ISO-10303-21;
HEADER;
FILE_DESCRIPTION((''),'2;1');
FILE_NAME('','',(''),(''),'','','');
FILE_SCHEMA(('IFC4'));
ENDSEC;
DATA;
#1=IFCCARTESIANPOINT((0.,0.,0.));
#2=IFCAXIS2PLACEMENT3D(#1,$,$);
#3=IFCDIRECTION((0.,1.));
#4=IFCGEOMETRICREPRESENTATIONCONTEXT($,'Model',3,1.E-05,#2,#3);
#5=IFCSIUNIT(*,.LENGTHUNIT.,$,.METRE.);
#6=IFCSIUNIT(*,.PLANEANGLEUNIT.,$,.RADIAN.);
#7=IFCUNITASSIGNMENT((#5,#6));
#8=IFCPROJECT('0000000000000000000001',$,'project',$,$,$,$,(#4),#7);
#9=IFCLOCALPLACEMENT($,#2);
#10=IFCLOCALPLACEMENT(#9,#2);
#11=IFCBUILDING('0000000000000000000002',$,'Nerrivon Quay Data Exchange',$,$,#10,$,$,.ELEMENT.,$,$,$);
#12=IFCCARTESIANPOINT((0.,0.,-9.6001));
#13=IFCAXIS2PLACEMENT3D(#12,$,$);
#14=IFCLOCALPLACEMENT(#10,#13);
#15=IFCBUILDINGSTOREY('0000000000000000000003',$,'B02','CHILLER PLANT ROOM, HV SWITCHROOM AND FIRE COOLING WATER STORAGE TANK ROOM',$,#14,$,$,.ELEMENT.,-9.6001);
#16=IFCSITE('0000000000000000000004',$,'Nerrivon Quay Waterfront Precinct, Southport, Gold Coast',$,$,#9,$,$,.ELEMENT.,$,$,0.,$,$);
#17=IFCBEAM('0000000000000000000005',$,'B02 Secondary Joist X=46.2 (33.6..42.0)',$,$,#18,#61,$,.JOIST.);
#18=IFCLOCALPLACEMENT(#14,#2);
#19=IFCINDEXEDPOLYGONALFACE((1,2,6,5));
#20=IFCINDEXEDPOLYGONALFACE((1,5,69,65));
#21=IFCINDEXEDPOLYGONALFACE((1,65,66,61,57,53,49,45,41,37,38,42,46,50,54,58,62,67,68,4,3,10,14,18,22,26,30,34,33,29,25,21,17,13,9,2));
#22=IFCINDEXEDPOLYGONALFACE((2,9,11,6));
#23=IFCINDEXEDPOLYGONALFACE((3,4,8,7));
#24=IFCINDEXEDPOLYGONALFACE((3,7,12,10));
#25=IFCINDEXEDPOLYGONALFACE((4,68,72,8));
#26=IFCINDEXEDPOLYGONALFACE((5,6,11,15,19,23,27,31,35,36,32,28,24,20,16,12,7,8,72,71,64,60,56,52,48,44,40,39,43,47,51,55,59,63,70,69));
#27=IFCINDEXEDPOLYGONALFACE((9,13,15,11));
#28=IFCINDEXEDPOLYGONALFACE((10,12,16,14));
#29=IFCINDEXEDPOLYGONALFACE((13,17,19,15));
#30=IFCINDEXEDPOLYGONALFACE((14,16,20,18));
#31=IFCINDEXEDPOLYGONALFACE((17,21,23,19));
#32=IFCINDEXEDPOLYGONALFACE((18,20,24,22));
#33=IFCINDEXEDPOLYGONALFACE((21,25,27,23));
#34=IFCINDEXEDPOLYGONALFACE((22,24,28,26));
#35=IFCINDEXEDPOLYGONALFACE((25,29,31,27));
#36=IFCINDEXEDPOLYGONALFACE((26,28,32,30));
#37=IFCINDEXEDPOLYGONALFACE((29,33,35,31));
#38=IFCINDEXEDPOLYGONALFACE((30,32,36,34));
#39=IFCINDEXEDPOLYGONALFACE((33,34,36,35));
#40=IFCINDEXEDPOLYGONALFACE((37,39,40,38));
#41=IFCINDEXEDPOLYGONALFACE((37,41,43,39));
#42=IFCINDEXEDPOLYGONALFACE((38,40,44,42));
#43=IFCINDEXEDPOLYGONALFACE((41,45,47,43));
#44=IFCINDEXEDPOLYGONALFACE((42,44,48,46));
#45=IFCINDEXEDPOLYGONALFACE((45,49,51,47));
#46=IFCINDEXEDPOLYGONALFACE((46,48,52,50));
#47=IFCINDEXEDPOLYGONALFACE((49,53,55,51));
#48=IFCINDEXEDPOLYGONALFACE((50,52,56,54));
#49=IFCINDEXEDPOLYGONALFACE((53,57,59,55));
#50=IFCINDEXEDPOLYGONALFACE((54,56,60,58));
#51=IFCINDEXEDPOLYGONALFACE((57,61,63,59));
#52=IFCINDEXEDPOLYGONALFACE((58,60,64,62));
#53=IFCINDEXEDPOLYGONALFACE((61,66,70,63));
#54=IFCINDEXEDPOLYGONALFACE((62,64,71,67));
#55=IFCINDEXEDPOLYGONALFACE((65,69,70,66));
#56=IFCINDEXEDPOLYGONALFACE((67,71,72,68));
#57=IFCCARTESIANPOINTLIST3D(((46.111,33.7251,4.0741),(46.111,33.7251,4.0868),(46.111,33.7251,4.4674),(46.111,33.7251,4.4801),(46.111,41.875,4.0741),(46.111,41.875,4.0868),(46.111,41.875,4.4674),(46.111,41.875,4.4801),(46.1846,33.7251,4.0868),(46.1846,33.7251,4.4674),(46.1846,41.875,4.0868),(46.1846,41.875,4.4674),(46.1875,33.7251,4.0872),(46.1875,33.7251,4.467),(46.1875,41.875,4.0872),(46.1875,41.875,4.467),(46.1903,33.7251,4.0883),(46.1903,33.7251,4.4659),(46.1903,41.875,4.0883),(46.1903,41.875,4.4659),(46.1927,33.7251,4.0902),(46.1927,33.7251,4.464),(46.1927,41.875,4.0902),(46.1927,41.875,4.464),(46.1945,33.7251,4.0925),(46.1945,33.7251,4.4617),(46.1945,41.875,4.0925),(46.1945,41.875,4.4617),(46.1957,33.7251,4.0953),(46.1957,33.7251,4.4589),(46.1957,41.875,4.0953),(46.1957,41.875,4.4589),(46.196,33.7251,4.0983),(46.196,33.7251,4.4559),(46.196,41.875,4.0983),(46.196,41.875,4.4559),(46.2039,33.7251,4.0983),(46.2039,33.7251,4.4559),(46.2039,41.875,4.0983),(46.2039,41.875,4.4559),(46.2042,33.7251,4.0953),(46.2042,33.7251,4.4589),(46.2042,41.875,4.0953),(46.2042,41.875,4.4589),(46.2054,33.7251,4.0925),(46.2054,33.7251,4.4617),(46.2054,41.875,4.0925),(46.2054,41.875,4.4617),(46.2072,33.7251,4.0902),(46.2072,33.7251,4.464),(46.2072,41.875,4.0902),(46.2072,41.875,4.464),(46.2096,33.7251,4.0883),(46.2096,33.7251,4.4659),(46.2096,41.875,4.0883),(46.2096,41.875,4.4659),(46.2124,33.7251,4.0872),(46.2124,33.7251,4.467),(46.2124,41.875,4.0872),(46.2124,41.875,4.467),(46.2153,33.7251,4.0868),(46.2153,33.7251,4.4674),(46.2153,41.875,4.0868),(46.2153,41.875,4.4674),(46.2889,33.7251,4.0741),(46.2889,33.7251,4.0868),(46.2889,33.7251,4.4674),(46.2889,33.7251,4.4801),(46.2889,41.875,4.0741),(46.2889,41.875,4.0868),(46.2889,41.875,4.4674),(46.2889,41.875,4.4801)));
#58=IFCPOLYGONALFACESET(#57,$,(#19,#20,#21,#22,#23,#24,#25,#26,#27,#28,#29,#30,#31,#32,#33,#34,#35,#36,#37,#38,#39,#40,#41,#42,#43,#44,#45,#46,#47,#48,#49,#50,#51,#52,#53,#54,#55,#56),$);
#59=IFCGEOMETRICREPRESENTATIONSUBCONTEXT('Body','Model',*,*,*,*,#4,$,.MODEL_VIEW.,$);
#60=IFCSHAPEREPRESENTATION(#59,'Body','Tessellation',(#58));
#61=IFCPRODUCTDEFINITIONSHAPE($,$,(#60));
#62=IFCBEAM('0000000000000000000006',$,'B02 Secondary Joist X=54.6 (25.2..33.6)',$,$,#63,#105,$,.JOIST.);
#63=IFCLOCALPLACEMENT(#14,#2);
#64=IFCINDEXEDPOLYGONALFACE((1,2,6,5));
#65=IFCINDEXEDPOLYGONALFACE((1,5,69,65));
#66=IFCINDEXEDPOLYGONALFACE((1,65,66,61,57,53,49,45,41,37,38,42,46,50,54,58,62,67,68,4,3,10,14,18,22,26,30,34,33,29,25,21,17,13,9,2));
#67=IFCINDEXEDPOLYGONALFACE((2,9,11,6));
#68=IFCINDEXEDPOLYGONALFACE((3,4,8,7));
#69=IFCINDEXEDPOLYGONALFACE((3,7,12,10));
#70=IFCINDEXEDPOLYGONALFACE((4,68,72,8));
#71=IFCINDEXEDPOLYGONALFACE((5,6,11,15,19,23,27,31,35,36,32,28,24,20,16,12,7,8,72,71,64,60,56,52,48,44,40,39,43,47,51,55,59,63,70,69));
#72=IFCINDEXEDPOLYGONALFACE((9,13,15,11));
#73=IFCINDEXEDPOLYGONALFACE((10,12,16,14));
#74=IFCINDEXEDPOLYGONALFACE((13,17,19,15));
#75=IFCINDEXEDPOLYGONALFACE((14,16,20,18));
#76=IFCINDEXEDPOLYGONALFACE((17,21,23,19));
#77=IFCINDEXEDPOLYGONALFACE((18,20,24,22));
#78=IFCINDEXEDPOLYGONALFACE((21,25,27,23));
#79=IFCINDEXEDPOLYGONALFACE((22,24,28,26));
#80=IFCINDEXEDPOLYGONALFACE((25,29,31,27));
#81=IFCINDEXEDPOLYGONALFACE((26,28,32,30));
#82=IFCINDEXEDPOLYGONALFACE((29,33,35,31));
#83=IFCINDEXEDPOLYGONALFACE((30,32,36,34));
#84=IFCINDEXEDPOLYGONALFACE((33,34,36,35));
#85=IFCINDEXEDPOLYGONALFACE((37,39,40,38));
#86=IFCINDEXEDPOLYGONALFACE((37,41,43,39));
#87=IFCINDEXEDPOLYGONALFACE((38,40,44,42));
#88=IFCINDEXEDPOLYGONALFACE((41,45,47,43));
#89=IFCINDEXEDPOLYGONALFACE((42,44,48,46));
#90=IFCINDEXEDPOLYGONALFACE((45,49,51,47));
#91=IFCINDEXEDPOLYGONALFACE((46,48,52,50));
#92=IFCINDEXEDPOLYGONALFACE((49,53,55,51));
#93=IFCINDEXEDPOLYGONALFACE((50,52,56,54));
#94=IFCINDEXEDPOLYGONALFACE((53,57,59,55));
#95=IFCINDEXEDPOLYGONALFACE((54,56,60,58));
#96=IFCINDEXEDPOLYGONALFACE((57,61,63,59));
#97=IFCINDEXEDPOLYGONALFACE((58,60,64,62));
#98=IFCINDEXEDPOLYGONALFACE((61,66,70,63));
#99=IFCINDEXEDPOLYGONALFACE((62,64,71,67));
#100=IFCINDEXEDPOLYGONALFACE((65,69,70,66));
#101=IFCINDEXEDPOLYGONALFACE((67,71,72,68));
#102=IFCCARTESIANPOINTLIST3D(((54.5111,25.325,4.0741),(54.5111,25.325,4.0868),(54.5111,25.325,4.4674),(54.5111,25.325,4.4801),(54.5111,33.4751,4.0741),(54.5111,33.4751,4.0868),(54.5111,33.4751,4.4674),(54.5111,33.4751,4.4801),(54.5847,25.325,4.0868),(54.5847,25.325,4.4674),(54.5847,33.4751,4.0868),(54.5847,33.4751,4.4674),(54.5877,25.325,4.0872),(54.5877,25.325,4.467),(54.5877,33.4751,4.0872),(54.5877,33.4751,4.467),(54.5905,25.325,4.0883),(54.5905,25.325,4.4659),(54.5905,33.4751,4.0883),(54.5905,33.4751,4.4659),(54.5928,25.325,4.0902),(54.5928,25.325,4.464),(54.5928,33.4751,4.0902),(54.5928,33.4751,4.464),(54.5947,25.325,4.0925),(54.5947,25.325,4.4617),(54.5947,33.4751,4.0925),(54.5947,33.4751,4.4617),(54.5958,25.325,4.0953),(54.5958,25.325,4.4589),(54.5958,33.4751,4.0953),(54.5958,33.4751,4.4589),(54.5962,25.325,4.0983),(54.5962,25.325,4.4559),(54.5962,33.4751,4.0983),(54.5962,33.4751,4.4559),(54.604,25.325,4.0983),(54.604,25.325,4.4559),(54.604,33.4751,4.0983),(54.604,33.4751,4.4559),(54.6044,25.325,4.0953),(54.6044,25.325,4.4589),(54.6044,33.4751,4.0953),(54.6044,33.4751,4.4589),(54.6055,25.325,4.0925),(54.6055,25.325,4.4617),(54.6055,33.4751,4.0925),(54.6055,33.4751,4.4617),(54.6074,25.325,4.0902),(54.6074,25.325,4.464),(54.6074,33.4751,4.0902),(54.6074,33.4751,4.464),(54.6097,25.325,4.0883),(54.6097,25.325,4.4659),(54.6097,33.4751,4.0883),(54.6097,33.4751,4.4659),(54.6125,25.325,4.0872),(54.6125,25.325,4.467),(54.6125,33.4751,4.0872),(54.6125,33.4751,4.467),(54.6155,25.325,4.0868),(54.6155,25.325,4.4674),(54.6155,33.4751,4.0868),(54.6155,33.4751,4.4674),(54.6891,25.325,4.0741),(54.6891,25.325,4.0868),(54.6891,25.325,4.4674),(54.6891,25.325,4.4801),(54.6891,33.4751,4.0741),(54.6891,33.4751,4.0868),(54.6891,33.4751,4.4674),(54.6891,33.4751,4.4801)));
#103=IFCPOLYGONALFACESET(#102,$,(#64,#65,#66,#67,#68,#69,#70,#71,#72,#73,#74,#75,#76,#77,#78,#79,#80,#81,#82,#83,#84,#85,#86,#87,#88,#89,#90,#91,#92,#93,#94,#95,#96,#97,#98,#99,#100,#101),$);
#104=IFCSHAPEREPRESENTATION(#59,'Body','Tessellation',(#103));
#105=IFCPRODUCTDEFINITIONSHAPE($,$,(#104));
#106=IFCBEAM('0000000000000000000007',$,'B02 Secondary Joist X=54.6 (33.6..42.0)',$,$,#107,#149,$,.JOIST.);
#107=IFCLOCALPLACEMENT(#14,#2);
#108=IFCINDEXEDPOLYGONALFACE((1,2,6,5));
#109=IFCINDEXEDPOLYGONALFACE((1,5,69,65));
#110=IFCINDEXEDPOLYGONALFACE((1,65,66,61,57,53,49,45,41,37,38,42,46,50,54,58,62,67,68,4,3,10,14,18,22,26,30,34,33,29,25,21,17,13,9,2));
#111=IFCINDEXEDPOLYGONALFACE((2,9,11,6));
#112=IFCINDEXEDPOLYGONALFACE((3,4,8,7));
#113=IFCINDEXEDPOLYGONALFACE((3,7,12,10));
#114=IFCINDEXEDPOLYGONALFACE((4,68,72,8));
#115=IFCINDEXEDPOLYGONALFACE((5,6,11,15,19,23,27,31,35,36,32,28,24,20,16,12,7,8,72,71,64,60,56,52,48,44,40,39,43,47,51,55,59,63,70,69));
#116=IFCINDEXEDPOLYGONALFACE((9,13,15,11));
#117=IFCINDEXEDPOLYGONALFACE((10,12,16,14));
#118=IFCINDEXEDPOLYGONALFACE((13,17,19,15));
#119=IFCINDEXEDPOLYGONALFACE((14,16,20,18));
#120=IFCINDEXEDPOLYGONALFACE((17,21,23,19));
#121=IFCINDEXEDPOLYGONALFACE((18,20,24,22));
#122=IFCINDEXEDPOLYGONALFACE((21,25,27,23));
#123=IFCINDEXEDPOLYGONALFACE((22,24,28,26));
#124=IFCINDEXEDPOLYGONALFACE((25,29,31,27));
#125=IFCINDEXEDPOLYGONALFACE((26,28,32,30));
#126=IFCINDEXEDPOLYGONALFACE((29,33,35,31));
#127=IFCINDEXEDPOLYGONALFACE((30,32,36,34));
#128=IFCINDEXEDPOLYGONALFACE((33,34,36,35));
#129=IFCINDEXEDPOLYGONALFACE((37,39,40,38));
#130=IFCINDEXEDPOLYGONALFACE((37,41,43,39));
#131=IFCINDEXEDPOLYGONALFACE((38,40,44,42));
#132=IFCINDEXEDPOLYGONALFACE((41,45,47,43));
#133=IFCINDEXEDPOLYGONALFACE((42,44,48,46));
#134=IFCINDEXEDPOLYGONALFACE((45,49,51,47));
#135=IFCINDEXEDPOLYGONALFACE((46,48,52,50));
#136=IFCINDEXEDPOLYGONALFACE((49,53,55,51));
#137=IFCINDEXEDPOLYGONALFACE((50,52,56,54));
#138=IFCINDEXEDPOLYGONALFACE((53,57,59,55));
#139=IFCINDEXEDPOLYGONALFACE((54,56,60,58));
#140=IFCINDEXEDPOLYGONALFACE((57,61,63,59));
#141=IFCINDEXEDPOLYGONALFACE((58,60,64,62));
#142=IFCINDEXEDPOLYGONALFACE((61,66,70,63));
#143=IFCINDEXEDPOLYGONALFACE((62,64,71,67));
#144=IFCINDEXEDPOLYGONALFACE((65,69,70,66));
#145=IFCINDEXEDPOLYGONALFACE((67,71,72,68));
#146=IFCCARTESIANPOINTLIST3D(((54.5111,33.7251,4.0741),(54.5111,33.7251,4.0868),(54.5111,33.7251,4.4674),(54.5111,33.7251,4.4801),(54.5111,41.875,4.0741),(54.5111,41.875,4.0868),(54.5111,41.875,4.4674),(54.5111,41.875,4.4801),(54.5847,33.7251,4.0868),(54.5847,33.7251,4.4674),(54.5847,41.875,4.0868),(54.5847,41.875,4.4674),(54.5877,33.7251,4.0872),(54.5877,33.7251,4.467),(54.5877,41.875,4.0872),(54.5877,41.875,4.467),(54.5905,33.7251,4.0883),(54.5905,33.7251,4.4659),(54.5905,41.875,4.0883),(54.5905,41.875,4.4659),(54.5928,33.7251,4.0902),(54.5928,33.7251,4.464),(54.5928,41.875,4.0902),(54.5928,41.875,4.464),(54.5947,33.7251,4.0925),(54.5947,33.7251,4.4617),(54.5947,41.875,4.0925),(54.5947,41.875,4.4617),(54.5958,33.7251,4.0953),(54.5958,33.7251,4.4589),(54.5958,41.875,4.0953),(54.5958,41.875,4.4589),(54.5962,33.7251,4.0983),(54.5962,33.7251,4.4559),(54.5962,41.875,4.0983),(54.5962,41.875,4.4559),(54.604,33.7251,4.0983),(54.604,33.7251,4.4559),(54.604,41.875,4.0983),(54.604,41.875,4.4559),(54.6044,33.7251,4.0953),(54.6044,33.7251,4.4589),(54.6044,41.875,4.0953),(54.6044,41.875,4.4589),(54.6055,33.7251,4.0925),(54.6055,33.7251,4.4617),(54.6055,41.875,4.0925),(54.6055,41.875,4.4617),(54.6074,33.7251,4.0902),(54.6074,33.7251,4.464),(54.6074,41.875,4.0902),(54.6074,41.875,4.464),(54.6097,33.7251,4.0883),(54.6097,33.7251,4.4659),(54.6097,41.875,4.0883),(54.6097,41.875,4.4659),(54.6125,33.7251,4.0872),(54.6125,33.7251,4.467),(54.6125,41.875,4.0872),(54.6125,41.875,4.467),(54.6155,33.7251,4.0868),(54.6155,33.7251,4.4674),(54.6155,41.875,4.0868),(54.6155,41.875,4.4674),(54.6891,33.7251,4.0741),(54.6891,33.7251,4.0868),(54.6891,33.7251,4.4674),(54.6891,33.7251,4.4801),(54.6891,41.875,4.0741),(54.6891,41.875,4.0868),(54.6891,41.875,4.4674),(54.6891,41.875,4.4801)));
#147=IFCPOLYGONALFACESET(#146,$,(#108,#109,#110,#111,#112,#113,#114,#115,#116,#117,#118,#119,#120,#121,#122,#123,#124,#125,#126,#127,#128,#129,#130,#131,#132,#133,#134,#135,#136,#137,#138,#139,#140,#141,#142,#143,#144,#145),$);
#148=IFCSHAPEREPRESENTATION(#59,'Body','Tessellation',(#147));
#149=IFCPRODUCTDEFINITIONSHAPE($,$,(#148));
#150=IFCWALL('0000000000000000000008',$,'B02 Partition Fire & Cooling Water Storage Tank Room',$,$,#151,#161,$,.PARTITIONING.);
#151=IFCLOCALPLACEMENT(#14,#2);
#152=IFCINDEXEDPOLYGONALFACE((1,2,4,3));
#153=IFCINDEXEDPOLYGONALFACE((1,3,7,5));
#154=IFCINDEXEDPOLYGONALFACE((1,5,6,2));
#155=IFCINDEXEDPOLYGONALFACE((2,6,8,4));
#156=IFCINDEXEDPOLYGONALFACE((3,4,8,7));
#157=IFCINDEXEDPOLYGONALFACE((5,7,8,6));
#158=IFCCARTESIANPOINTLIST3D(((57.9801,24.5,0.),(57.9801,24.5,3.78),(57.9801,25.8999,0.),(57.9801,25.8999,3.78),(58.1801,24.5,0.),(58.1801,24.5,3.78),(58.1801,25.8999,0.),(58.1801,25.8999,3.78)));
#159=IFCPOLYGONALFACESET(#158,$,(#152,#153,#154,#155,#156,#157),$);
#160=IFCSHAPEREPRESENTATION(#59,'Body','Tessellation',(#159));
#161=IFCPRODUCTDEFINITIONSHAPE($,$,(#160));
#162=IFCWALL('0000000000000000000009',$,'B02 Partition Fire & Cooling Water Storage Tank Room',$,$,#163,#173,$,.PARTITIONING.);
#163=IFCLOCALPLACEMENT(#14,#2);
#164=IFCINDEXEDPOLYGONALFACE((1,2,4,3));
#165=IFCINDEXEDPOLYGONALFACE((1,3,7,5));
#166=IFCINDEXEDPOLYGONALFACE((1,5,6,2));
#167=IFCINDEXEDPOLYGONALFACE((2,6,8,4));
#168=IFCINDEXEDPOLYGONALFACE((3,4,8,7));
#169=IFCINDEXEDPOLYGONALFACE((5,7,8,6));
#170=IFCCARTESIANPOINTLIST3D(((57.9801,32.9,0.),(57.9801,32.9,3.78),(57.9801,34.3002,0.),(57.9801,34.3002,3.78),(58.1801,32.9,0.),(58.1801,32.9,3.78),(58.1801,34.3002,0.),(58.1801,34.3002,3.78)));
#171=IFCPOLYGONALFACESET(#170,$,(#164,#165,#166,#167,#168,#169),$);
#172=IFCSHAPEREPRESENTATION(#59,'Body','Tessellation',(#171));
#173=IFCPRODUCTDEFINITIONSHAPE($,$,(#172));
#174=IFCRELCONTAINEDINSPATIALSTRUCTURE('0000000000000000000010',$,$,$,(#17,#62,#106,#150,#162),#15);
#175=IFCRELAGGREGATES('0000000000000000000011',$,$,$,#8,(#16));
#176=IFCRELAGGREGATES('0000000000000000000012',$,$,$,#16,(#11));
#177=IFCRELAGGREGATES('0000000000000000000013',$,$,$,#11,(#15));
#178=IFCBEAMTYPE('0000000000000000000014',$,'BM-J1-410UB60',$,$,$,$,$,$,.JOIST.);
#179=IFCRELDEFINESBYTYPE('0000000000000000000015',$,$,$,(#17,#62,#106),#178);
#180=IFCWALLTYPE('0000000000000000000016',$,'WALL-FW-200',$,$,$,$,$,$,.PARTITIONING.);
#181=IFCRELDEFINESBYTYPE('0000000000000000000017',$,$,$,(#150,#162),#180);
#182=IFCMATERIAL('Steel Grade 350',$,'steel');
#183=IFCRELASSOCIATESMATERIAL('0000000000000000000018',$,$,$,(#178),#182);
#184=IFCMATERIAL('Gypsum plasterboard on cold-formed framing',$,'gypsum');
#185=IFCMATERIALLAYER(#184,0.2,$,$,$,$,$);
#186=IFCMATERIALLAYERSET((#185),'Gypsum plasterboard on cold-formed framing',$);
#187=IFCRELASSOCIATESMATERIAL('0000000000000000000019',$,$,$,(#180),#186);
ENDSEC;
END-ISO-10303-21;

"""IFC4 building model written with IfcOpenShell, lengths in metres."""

from ifc_helpers import new_model, si_unit, direction, frame, frame_2d, origin, origin_2d, place, context, subcontext, project, spatial, rectangle, i_section, extrude, material, layer, layer_set, material_profile, profile_set, type_object, element, save


model = new_model("IFC4")

# Units and contexts
model_context = context("Model", 3, precision=1e-05, world=origin(), true_north=direction((0.0, 1.0)))
body_context = subcontext(model_context, "Body", "Model", "MODEL_VIEW")
ifc_project = project(units=[si_unit("LENGTHUNIT", "METRE"), si_unit("PLANEANGLEUNIT", "RADIAN")], contexts=[model_context])

# Site, building, storey
site_placement = place(None, origin())
site = spatial("IfcSite", under=ifc_project, at=site_placement, Name="Nerrivon Quay Waterfront Precinct, Southport, Gold Coast", CompositionType="ELEMENT", RefElevation=0.0)
building_placement = place(site_placement, origin())
building = spatial("IfcBuilding", under=site, at=building_placement, Name="Nerrivon Quay Data Exchange", CompositionType="ELEMENT")
storey_placement = place(building_placement, frame((0.0, 0.0, -9.6001)))
storey = spatial("IfcBuildingStorey", under=building, at=storey_placement, Name="B02", Description="CHILLER PLANT ROOM, HV SWITCHROOM AND FIRE COOLING WATER STORAGE TANK ROOM", CompositionType="ELEMENT", Elevation=-9.6001)

# Beams
ifc_material_1 = material(Name="Steel Grade 350", Category="steel")
ifc_material_profile_1 = material_profile(ifc_material_1, i_section(OverallWidth=0.178, OverallDepth=0.406, WebThickness=0.0078, FlangeThickness=0.0127, FilletRadius=0.0115, at=origin_2d()), Name="410UB59.7")
ifc_profile_set_1 = profile_set([ifc_material_profile_1], Name="Steel Grade 350")
beam_type_1 = type_object("IfcBeamType", Name="BM-J1-410UB60", PredefinedType="JOIST", material=ifc_profile_set_1)
beam_1_placement = place(storey_placement, frame((46.2, 33.7251, 4.2771), z_axis=(0.0, 1.0, 0.0), x_axis=(-1.0, 0.0, 0.0)))
element("IfcBeam", 1, at=beam_1_placement, inside=storey, type_object=beam_type_1, Name="B02 Secondary Joist X=46.2 (33.6..42.0)", PredefinedType="JOIST", context=body_context, shape_type="SweptSolid", body=[
    extrude(i_section(OverallWidth=0.178, OverallDepth=0.406, WebThickness=0.0078, FlangeThickness=0.0127, FilletRadius=0.0115, at=origin_2d()), origin(), (0.0, 0.0, 1.0), 8.1499),
])
beam_2_placement = place(storey_placement, frame((54.6001, 25.325, 4.2771), z_axis=(0.0, 1.0, 0.0), x_axis=(-1.0, 0.0, 0.0)))
element("IfcBeam", 2, at=beam_2_placement, inside=storey, type_object=beam_type_1, Name="B02 Secondary Joist X=54.6 (25.2..33.6)", PredefinedType="JOIST", context=body_context, shape_type="SweptSolid", body=[
    extrude(i_section(OverallWidth=0.178, OverallDepth=0.406, WebThickness=0.0078, FlangeThickness=0.0127, FilletRadius=0.0115, at=origin_2d()), origin(), (0.0, 0.0, 1.0), 8.1501),
])
beam_3_placement = place(storey_placement, frame((54.6001, 33.7251, 4.2771), z_axis=(0.0, 1.0, 0.0), x_axis=(-1.0, 0.0, 0.0)))
element("IfcBeam", 3, at=beam_3_placement, inside=storey, type_object=beam_type_1, Name="B02 Secondary Joist X=54.6 (33.6..42.0)", PredefinedType="JOIST", context=body_context, shape_type="SweptSolid", body=[
    extrude(i_section(OverallWidth=0.178, OverallDepth=0.406, WebThickness=0.0078, FlangeThickness=0.0127, FilletRadius=0.0115, at=origin_2d()), origin(), (0.0, 0.0, 1.0), 8.1499),
])

# Walls
ifc_material_2 = material(Name="Gypsum plasterboard on cold-formed framing", Category="gypsum")
ifc_layer = layer(ifc_material_2, 0.2)
ifc_layer_set = layer_set([ifc_layer], Name="Gypsum plasterboard on cold-formed framing")
wall_type = type_object("IfcWallType", Name="WALL-FW-200", PredefinedType="PARTITIONING", material=ifc_layer_set)
wall_1_placement = place(storey_placement, frame((58.0801, 24.5, 0.0), z_axis=(0.0, 0.0, 1.0), x_axis=(0.0, 1.0, 0.0)))
element("IfcWall", 4, at=wall_1_placement, inside=storey, type_object=wall_type, Name="B02 Partition Fire & Cooling Water Storage Tank Room", PredefinedType="PARTITIONING", context=body_context, shape_type="SweptSolid", body=[
    extrude(rectangle(XDim=1.3999, YDim=0.2, at=frame_2d((0.7, 0.0))), origin(), (0.0, 0.0, 1.0), 3.78),
])
wall_2_placement = place(storey_placement, frame((58.0801, 32.8999, 0.0), z_axis=(0.0, 0.0, 1.0), x_axis=(0.0, 1.0, 0.0)))
element("IfcWall", 5, at=wall_2_placement, inside=storey, type_object=wall_type, Name="B02 Partition Fire & Cooling Water Storage Tank Room", PredefinedType="PARTITIONING", context=body_context, shape_type="SweptSolid", body=[
    extrude(rectangle(XDim=1.4001, YDim=0.2, at=frame_2d((0.7002, 0.0))), origin(), (0.0, 0.0, 1.0), 3.78),
])

save(model, "model.ifc")
